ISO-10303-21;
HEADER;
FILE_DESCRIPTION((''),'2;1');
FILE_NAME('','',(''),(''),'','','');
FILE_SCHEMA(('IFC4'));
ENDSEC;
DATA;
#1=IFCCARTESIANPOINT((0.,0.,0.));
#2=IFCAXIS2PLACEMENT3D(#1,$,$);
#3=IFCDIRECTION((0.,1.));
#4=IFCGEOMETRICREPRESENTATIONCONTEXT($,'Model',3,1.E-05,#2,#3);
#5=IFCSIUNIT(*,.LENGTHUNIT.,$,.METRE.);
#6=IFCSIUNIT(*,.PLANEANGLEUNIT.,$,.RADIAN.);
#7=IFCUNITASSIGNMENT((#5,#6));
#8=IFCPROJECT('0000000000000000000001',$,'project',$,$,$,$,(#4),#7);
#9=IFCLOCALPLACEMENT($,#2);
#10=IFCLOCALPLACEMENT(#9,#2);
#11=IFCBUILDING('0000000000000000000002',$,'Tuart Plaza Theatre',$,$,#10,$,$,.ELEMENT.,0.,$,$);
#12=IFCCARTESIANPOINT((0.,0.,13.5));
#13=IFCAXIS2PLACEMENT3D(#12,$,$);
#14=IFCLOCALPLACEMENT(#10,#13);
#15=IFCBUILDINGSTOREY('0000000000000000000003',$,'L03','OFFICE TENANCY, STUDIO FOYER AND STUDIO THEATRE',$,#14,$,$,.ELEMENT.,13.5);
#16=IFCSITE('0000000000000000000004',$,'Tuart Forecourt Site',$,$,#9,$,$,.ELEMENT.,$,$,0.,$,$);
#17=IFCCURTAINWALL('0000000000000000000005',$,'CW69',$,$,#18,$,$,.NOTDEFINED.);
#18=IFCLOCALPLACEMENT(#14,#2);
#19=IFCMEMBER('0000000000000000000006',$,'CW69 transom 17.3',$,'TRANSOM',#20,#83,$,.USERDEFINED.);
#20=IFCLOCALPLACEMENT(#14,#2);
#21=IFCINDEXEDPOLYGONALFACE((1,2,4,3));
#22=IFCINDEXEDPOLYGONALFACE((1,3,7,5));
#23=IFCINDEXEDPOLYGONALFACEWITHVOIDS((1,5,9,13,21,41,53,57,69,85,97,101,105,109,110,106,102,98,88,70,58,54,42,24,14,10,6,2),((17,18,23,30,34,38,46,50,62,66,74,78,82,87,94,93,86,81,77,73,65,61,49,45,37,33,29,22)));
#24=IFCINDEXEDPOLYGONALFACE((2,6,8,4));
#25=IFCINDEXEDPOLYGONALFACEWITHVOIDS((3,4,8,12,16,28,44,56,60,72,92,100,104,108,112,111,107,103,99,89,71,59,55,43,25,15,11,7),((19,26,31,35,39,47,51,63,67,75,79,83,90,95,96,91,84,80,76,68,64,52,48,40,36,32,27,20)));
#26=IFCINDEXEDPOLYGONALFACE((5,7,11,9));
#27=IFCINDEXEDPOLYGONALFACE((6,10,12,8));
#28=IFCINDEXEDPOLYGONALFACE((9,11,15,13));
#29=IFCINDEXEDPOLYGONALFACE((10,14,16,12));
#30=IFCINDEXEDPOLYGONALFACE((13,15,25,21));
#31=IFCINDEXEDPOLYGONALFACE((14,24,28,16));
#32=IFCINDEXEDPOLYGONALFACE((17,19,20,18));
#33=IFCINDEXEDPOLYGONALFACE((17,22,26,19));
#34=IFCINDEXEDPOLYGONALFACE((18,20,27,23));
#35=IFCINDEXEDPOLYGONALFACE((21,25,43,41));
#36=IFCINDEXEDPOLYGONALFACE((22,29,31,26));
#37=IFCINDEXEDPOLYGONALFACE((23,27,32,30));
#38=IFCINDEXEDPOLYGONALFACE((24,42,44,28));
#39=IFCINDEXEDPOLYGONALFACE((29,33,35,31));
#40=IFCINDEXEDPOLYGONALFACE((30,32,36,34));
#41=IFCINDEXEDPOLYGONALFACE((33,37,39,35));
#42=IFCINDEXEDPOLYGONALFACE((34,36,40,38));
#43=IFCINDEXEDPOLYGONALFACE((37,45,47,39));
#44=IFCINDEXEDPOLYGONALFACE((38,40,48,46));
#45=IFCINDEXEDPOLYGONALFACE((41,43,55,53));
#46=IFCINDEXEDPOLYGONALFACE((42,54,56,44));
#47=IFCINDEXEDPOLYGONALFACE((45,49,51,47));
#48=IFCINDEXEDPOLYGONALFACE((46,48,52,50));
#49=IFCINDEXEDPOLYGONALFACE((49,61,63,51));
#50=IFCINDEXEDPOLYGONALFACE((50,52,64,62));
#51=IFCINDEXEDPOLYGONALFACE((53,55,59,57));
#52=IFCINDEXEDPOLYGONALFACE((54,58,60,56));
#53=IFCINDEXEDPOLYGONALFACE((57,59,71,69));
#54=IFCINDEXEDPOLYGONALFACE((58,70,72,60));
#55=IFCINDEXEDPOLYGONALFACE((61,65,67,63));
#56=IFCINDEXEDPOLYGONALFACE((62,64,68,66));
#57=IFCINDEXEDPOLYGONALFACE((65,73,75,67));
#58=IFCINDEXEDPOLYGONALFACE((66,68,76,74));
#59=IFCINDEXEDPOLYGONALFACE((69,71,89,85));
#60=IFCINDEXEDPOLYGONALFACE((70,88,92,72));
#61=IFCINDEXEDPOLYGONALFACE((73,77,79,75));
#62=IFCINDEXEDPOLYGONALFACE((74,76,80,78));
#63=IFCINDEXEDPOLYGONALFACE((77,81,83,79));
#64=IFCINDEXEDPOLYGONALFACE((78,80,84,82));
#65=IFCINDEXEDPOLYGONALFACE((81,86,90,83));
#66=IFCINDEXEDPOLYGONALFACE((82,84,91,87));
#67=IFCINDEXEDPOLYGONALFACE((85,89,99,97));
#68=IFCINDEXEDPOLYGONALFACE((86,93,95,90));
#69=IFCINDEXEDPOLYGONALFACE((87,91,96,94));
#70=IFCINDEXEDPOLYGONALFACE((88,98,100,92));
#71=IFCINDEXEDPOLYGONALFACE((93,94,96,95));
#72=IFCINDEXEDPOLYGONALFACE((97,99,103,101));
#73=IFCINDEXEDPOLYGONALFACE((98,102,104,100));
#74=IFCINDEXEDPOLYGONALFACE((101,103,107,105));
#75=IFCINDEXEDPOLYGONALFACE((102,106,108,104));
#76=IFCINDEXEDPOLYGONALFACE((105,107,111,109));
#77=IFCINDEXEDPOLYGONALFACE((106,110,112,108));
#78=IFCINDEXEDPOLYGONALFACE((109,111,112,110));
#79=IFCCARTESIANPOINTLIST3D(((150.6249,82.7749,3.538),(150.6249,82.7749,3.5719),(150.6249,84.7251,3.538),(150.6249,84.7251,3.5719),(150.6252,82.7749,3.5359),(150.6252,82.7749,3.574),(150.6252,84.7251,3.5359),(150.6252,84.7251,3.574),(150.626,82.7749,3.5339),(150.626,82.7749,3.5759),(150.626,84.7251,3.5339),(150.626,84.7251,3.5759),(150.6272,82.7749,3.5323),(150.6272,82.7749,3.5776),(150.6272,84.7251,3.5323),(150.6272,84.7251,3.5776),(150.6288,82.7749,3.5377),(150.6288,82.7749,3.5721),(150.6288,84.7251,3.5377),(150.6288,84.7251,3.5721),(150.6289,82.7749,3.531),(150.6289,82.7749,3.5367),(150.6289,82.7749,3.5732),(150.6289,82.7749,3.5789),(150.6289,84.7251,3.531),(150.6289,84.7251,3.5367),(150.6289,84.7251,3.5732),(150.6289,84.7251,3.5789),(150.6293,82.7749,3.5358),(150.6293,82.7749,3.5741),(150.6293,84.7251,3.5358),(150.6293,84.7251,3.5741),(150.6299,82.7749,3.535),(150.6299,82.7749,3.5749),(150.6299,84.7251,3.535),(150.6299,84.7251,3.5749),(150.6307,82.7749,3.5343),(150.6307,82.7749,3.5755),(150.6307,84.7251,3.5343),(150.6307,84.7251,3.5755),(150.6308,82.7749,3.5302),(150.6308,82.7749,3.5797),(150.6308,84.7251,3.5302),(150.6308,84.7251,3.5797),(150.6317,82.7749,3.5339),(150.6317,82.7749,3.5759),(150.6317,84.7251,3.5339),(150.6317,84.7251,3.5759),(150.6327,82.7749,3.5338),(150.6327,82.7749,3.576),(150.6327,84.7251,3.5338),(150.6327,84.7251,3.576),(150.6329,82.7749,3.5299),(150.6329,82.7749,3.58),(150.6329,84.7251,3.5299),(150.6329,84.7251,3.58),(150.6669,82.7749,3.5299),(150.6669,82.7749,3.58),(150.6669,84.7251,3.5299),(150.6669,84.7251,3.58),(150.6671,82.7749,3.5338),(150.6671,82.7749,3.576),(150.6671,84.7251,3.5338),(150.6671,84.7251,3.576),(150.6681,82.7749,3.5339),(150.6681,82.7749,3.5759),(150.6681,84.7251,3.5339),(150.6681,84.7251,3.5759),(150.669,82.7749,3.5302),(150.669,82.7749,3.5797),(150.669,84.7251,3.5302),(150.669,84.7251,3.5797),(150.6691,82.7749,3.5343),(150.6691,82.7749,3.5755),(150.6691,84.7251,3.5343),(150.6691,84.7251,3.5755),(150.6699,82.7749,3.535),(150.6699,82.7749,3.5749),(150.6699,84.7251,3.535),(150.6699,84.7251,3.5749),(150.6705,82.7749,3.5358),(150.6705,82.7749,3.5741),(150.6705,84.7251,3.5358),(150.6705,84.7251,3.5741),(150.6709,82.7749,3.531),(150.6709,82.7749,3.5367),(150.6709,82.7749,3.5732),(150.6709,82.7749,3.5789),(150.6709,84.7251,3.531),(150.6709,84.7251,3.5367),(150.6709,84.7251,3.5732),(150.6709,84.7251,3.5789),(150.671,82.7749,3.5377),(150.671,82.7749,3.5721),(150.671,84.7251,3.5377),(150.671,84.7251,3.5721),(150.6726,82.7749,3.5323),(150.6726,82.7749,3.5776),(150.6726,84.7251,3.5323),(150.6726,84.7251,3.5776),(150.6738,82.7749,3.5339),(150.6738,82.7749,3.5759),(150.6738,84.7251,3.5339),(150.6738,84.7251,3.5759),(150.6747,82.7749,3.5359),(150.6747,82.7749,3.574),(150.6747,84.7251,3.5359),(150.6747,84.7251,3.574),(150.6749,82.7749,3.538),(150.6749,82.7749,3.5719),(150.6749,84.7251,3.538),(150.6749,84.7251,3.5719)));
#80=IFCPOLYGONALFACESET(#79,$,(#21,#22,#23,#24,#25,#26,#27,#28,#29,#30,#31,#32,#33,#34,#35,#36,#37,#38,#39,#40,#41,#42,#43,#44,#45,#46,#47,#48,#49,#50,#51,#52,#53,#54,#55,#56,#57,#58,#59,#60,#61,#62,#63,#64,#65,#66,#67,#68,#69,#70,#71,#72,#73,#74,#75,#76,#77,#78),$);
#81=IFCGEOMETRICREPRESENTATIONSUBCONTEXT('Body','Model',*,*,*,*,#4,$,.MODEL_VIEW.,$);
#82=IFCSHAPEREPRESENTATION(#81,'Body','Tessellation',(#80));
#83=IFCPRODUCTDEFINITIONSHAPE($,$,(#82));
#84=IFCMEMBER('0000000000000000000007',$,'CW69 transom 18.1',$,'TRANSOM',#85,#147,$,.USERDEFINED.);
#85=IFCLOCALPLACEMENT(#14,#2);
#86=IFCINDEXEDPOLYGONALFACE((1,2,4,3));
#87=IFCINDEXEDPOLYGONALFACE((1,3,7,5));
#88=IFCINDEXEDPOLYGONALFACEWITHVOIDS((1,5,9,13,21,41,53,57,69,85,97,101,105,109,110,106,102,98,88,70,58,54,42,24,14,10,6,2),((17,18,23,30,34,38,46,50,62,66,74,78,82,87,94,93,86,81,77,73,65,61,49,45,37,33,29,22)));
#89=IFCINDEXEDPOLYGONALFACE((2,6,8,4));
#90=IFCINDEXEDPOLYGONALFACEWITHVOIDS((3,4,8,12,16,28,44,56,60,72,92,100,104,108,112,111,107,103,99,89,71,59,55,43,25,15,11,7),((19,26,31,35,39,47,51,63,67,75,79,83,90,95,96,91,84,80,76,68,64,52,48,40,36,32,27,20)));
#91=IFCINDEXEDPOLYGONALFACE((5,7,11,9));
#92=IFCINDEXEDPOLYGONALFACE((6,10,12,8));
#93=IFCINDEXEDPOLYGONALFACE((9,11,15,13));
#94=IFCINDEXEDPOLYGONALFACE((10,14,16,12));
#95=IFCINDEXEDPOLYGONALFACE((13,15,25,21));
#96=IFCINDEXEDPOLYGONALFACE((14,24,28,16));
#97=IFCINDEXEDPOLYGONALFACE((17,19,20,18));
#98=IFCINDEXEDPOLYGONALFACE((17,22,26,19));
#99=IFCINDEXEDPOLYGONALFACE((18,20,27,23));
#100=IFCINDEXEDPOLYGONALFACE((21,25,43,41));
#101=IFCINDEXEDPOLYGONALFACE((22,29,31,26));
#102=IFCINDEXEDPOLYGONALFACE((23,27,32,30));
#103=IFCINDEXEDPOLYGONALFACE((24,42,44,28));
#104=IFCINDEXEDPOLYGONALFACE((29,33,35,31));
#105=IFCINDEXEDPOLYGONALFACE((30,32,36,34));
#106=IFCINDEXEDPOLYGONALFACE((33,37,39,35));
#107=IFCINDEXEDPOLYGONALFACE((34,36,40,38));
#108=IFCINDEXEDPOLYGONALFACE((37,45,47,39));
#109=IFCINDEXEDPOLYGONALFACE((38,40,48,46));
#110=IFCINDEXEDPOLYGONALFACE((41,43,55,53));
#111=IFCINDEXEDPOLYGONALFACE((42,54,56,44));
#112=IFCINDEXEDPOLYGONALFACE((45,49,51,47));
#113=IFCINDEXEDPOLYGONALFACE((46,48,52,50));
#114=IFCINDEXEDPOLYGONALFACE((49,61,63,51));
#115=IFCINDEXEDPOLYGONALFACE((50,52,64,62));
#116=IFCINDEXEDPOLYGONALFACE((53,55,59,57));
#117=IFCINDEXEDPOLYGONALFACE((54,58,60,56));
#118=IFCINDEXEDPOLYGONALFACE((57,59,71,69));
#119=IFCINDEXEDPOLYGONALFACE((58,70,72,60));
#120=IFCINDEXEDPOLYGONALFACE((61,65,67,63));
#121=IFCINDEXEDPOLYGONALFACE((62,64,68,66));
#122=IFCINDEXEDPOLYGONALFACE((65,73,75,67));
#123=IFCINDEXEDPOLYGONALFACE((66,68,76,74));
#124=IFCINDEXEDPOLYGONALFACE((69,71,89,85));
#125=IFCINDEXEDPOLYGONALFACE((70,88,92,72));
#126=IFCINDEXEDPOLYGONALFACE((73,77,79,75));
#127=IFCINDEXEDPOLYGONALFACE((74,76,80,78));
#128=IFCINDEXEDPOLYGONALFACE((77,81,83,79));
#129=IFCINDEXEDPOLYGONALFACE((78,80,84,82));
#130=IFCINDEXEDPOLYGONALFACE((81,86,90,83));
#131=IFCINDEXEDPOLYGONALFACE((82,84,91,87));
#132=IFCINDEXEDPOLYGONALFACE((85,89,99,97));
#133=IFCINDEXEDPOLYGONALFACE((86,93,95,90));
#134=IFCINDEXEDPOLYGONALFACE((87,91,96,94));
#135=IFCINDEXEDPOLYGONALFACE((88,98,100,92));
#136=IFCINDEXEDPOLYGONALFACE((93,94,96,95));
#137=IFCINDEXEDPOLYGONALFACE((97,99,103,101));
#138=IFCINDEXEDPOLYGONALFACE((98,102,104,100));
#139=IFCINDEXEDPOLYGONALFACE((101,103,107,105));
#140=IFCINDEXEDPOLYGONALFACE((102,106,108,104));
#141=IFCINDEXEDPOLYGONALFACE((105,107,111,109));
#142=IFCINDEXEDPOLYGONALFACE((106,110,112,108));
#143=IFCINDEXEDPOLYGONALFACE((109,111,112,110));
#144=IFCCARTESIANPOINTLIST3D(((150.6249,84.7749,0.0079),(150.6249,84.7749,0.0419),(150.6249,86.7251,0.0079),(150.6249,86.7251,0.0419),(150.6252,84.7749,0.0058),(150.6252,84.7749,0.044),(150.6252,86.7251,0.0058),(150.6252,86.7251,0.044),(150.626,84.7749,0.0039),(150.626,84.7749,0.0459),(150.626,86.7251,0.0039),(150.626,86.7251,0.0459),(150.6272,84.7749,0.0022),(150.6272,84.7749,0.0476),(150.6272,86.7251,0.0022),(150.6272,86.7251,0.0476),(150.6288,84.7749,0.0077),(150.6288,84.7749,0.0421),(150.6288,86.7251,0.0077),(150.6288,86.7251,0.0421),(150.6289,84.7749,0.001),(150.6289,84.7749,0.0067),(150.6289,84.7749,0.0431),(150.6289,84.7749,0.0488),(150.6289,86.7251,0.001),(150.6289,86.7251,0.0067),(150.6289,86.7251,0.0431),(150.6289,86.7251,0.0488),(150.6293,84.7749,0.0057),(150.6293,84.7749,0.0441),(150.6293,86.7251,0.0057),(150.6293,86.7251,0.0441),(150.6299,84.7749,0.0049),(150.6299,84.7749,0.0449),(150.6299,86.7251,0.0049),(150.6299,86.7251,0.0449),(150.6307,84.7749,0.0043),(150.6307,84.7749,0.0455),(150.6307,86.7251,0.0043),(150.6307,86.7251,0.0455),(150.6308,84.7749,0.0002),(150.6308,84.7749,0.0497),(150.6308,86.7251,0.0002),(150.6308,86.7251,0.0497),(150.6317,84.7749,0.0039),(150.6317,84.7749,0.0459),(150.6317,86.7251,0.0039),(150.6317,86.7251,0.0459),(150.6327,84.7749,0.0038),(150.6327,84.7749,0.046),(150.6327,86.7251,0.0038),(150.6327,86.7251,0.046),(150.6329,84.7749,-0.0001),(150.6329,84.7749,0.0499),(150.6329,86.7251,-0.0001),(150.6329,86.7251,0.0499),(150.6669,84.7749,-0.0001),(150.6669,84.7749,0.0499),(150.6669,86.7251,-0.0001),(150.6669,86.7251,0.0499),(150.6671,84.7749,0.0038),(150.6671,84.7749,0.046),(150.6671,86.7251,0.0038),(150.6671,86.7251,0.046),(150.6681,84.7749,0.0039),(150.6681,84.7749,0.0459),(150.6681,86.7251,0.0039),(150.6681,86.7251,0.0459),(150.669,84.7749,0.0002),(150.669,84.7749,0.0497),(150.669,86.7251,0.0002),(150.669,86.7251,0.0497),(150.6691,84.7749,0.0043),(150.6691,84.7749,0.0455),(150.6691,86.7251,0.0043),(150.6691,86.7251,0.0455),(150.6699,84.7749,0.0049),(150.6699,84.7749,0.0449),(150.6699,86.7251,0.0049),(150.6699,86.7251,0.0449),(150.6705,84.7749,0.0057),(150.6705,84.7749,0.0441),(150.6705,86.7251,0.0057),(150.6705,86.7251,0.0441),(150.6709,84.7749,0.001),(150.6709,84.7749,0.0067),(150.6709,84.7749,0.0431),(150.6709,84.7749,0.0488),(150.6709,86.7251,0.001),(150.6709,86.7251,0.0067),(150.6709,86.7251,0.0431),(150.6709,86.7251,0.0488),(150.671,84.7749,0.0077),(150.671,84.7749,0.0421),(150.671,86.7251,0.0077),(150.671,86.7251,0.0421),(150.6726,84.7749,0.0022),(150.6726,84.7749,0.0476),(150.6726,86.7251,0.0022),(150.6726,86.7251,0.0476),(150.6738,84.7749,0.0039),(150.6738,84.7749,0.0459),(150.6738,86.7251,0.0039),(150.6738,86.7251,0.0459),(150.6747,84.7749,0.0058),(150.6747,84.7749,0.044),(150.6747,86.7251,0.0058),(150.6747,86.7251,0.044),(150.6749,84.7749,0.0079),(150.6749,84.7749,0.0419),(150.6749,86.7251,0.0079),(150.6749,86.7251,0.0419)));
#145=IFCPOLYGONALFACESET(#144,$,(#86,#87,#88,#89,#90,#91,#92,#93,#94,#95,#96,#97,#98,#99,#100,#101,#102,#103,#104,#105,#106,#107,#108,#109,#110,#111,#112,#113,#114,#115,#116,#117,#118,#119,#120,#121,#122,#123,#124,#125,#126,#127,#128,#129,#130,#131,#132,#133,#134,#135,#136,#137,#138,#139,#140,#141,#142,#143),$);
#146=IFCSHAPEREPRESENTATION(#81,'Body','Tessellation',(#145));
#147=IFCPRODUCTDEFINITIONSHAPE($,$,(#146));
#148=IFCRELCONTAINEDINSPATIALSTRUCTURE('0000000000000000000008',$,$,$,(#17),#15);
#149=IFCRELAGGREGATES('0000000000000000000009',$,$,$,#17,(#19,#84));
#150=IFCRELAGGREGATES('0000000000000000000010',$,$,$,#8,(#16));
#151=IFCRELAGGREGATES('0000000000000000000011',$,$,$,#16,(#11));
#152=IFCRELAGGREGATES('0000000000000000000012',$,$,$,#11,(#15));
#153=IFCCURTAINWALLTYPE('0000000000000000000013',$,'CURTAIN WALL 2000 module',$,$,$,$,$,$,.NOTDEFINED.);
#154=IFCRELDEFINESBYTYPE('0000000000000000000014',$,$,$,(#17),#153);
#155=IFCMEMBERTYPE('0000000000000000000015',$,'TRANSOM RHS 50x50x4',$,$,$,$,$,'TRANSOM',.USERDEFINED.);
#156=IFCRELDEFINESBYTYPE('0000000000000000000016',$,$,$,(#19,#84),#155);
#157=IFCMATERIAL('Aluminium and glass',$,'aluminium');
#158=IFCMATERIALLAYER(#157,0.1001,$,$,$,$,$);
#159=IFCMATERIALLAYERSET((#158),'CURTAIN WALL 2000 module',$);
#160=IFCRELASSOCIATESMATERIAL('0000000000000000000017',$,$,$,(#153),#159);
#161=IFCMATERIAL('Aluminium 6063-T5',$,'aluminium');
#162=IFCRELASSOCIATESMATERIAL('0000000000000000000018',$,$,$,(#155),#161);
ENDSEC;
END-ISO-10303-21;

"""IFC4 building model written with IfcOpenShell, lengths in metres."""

from ifc_helpers import new_model, si_unit, direction, frame, origin, origin_2d, place, context, subcontext, project, spatial, hollow_rectangle, extrude, material, layer, layer_set, material_profile, profile_set, type_object, element, aggregate, save


model = new_model("IFC4")

# Units and contexts
model_context = context("Model", 3, precision=1e-05, world=origin(), true_north=direction((0.0, 1.0)))
body_context = subcontext(model_context, "Body", "Model", "MODEL_VIEW")
ifc_project = project(units=[si_unit("LENGTHUNIT", "METRE"), si_unit("PLANEANGLEUNIT", "RADIAN")], contexts=[model_context])

# Site, building, storey
site_placement = place(None, origin())
site = spatial("IfcSite", under=ifc_project, at=site_placement, Name="Tuart Forecourt Site", CompositionType="ELEMENT", RefElevation=0.0)
building_placement = place(site_placement, origin())
building = spatial("IfcBuilding", under=site, at=building_placement, Name="Tuart Plaza Theatre", CompositionType="ELEMENT", ElevationOfRefHeight=0.0)
storey_placement = place(building_placement, frame((0.0, 0.0, 13.5)))
storey = spatial("IfcBuildingStorey", under=building, at=storey_placement, Name="L03", Description="OFFICE TENANCY, STUDIO FOYER AND STUDIO THEATRE", CompositionType="ELEMENT", Elevation=13.5)

# Curtain wall, members
ifc_material_1 = material(Name="Aluminium and glass", Category="aluminium")
ifc_layer_1 = layer(ifc_material_1, 0.1001)
ifc_layer_set_1 = layer_set([ifc_layer_1], Name="CURTAIN WALL 2000 module")
curtain_wall_type = type_object("IfcCurtainWallType", Name="CURTAIN WALL 2000 module", PredefinedType="NOTDEFINED", material=ifc_layer_set_1)
curtain_wall_placement = place(storey_placement, origin())
curtain_wall = element("IfcCurtainWall", 1, at=curtain_wall_placement, inside=storey, type_object=curtain_wall_type, Name="CW69", PredefinedType="NOTDEFINED")
ifc_material_2 = material(Name="Aluminium 6063-T5", Category="aluminium")
ifc_material_profile_1 = material_profile(ifc_material_2, hollow_rectangle(XDim=0.05, YDim=0.05, WallThickness=0.0039, InnerFilletRadius=0.0039, OuterFilletRadius=0.0081, at=origin_2d()), Name="RHS 50x50x4")
ifc_profile_set_1 = profile_set([ifc_material_profile_1], Name="Aluminium 6063-T5")
member_type_1 = type_object("IfcMemberType", Name="TRANSOM RHS 50x50x4", ElementType="TRANSOM", PredefinedType="USERDEFINED", material=ifc_profile_set_1)
member_1_placement = place(storey_placement, frame((150.6499, 82.7749, 3.5549), z_axis=(0.0, 1.0, 0.0), x_axis=(-1.0, 0.0, 0.0)))
member_1 = element("IfcMember", 2, at=member_1_placement, type_object=member_type_1, Name="CW69 transom 17.3", ObjectType="TRANSOM", PredefinedType="USERDEFINED", context=body_context, shape_type="SweptSolid", body=[
    extrude(hollow_rectangle(XDim=0.05, YDim=0.05, WallThickness=0.0039, InnerFilletRadius=0.0039, OuterFilletRadius=0.0081, at=origin_2d()), origin(), (0.0, 0.0, 1.0), 1.9502),
])
member_2_placement = place(storey_placement, frame((150.6499, 84.7749, 0.0249), z_axis=(0.0, 1.0, 0.0), x_axis=(-1.0, 0.0, 0.0)))
member_2 = element("IfcMember", 3, at=member_2_placement, type_object=member_type_1, Name="CW69 transom 18.1", ObjectType="TRANSOM", PredefinedType="USERDEFINED", context=body_context, shape_type="SweptSolid", body=[
    extrude(hollow_rectangle(XDim=0.05, YDim=0.05, WallThickness=0.0039, InnerFilletRadius=0.0039, OuterFilletRadius=0.0081, at=origin_2d()), origin(), (0.0, 0.0, 1.0), 1.9502),
])
aggregate(curtain_wall, [member_1, member_2])

save(model, "model.ifc")
